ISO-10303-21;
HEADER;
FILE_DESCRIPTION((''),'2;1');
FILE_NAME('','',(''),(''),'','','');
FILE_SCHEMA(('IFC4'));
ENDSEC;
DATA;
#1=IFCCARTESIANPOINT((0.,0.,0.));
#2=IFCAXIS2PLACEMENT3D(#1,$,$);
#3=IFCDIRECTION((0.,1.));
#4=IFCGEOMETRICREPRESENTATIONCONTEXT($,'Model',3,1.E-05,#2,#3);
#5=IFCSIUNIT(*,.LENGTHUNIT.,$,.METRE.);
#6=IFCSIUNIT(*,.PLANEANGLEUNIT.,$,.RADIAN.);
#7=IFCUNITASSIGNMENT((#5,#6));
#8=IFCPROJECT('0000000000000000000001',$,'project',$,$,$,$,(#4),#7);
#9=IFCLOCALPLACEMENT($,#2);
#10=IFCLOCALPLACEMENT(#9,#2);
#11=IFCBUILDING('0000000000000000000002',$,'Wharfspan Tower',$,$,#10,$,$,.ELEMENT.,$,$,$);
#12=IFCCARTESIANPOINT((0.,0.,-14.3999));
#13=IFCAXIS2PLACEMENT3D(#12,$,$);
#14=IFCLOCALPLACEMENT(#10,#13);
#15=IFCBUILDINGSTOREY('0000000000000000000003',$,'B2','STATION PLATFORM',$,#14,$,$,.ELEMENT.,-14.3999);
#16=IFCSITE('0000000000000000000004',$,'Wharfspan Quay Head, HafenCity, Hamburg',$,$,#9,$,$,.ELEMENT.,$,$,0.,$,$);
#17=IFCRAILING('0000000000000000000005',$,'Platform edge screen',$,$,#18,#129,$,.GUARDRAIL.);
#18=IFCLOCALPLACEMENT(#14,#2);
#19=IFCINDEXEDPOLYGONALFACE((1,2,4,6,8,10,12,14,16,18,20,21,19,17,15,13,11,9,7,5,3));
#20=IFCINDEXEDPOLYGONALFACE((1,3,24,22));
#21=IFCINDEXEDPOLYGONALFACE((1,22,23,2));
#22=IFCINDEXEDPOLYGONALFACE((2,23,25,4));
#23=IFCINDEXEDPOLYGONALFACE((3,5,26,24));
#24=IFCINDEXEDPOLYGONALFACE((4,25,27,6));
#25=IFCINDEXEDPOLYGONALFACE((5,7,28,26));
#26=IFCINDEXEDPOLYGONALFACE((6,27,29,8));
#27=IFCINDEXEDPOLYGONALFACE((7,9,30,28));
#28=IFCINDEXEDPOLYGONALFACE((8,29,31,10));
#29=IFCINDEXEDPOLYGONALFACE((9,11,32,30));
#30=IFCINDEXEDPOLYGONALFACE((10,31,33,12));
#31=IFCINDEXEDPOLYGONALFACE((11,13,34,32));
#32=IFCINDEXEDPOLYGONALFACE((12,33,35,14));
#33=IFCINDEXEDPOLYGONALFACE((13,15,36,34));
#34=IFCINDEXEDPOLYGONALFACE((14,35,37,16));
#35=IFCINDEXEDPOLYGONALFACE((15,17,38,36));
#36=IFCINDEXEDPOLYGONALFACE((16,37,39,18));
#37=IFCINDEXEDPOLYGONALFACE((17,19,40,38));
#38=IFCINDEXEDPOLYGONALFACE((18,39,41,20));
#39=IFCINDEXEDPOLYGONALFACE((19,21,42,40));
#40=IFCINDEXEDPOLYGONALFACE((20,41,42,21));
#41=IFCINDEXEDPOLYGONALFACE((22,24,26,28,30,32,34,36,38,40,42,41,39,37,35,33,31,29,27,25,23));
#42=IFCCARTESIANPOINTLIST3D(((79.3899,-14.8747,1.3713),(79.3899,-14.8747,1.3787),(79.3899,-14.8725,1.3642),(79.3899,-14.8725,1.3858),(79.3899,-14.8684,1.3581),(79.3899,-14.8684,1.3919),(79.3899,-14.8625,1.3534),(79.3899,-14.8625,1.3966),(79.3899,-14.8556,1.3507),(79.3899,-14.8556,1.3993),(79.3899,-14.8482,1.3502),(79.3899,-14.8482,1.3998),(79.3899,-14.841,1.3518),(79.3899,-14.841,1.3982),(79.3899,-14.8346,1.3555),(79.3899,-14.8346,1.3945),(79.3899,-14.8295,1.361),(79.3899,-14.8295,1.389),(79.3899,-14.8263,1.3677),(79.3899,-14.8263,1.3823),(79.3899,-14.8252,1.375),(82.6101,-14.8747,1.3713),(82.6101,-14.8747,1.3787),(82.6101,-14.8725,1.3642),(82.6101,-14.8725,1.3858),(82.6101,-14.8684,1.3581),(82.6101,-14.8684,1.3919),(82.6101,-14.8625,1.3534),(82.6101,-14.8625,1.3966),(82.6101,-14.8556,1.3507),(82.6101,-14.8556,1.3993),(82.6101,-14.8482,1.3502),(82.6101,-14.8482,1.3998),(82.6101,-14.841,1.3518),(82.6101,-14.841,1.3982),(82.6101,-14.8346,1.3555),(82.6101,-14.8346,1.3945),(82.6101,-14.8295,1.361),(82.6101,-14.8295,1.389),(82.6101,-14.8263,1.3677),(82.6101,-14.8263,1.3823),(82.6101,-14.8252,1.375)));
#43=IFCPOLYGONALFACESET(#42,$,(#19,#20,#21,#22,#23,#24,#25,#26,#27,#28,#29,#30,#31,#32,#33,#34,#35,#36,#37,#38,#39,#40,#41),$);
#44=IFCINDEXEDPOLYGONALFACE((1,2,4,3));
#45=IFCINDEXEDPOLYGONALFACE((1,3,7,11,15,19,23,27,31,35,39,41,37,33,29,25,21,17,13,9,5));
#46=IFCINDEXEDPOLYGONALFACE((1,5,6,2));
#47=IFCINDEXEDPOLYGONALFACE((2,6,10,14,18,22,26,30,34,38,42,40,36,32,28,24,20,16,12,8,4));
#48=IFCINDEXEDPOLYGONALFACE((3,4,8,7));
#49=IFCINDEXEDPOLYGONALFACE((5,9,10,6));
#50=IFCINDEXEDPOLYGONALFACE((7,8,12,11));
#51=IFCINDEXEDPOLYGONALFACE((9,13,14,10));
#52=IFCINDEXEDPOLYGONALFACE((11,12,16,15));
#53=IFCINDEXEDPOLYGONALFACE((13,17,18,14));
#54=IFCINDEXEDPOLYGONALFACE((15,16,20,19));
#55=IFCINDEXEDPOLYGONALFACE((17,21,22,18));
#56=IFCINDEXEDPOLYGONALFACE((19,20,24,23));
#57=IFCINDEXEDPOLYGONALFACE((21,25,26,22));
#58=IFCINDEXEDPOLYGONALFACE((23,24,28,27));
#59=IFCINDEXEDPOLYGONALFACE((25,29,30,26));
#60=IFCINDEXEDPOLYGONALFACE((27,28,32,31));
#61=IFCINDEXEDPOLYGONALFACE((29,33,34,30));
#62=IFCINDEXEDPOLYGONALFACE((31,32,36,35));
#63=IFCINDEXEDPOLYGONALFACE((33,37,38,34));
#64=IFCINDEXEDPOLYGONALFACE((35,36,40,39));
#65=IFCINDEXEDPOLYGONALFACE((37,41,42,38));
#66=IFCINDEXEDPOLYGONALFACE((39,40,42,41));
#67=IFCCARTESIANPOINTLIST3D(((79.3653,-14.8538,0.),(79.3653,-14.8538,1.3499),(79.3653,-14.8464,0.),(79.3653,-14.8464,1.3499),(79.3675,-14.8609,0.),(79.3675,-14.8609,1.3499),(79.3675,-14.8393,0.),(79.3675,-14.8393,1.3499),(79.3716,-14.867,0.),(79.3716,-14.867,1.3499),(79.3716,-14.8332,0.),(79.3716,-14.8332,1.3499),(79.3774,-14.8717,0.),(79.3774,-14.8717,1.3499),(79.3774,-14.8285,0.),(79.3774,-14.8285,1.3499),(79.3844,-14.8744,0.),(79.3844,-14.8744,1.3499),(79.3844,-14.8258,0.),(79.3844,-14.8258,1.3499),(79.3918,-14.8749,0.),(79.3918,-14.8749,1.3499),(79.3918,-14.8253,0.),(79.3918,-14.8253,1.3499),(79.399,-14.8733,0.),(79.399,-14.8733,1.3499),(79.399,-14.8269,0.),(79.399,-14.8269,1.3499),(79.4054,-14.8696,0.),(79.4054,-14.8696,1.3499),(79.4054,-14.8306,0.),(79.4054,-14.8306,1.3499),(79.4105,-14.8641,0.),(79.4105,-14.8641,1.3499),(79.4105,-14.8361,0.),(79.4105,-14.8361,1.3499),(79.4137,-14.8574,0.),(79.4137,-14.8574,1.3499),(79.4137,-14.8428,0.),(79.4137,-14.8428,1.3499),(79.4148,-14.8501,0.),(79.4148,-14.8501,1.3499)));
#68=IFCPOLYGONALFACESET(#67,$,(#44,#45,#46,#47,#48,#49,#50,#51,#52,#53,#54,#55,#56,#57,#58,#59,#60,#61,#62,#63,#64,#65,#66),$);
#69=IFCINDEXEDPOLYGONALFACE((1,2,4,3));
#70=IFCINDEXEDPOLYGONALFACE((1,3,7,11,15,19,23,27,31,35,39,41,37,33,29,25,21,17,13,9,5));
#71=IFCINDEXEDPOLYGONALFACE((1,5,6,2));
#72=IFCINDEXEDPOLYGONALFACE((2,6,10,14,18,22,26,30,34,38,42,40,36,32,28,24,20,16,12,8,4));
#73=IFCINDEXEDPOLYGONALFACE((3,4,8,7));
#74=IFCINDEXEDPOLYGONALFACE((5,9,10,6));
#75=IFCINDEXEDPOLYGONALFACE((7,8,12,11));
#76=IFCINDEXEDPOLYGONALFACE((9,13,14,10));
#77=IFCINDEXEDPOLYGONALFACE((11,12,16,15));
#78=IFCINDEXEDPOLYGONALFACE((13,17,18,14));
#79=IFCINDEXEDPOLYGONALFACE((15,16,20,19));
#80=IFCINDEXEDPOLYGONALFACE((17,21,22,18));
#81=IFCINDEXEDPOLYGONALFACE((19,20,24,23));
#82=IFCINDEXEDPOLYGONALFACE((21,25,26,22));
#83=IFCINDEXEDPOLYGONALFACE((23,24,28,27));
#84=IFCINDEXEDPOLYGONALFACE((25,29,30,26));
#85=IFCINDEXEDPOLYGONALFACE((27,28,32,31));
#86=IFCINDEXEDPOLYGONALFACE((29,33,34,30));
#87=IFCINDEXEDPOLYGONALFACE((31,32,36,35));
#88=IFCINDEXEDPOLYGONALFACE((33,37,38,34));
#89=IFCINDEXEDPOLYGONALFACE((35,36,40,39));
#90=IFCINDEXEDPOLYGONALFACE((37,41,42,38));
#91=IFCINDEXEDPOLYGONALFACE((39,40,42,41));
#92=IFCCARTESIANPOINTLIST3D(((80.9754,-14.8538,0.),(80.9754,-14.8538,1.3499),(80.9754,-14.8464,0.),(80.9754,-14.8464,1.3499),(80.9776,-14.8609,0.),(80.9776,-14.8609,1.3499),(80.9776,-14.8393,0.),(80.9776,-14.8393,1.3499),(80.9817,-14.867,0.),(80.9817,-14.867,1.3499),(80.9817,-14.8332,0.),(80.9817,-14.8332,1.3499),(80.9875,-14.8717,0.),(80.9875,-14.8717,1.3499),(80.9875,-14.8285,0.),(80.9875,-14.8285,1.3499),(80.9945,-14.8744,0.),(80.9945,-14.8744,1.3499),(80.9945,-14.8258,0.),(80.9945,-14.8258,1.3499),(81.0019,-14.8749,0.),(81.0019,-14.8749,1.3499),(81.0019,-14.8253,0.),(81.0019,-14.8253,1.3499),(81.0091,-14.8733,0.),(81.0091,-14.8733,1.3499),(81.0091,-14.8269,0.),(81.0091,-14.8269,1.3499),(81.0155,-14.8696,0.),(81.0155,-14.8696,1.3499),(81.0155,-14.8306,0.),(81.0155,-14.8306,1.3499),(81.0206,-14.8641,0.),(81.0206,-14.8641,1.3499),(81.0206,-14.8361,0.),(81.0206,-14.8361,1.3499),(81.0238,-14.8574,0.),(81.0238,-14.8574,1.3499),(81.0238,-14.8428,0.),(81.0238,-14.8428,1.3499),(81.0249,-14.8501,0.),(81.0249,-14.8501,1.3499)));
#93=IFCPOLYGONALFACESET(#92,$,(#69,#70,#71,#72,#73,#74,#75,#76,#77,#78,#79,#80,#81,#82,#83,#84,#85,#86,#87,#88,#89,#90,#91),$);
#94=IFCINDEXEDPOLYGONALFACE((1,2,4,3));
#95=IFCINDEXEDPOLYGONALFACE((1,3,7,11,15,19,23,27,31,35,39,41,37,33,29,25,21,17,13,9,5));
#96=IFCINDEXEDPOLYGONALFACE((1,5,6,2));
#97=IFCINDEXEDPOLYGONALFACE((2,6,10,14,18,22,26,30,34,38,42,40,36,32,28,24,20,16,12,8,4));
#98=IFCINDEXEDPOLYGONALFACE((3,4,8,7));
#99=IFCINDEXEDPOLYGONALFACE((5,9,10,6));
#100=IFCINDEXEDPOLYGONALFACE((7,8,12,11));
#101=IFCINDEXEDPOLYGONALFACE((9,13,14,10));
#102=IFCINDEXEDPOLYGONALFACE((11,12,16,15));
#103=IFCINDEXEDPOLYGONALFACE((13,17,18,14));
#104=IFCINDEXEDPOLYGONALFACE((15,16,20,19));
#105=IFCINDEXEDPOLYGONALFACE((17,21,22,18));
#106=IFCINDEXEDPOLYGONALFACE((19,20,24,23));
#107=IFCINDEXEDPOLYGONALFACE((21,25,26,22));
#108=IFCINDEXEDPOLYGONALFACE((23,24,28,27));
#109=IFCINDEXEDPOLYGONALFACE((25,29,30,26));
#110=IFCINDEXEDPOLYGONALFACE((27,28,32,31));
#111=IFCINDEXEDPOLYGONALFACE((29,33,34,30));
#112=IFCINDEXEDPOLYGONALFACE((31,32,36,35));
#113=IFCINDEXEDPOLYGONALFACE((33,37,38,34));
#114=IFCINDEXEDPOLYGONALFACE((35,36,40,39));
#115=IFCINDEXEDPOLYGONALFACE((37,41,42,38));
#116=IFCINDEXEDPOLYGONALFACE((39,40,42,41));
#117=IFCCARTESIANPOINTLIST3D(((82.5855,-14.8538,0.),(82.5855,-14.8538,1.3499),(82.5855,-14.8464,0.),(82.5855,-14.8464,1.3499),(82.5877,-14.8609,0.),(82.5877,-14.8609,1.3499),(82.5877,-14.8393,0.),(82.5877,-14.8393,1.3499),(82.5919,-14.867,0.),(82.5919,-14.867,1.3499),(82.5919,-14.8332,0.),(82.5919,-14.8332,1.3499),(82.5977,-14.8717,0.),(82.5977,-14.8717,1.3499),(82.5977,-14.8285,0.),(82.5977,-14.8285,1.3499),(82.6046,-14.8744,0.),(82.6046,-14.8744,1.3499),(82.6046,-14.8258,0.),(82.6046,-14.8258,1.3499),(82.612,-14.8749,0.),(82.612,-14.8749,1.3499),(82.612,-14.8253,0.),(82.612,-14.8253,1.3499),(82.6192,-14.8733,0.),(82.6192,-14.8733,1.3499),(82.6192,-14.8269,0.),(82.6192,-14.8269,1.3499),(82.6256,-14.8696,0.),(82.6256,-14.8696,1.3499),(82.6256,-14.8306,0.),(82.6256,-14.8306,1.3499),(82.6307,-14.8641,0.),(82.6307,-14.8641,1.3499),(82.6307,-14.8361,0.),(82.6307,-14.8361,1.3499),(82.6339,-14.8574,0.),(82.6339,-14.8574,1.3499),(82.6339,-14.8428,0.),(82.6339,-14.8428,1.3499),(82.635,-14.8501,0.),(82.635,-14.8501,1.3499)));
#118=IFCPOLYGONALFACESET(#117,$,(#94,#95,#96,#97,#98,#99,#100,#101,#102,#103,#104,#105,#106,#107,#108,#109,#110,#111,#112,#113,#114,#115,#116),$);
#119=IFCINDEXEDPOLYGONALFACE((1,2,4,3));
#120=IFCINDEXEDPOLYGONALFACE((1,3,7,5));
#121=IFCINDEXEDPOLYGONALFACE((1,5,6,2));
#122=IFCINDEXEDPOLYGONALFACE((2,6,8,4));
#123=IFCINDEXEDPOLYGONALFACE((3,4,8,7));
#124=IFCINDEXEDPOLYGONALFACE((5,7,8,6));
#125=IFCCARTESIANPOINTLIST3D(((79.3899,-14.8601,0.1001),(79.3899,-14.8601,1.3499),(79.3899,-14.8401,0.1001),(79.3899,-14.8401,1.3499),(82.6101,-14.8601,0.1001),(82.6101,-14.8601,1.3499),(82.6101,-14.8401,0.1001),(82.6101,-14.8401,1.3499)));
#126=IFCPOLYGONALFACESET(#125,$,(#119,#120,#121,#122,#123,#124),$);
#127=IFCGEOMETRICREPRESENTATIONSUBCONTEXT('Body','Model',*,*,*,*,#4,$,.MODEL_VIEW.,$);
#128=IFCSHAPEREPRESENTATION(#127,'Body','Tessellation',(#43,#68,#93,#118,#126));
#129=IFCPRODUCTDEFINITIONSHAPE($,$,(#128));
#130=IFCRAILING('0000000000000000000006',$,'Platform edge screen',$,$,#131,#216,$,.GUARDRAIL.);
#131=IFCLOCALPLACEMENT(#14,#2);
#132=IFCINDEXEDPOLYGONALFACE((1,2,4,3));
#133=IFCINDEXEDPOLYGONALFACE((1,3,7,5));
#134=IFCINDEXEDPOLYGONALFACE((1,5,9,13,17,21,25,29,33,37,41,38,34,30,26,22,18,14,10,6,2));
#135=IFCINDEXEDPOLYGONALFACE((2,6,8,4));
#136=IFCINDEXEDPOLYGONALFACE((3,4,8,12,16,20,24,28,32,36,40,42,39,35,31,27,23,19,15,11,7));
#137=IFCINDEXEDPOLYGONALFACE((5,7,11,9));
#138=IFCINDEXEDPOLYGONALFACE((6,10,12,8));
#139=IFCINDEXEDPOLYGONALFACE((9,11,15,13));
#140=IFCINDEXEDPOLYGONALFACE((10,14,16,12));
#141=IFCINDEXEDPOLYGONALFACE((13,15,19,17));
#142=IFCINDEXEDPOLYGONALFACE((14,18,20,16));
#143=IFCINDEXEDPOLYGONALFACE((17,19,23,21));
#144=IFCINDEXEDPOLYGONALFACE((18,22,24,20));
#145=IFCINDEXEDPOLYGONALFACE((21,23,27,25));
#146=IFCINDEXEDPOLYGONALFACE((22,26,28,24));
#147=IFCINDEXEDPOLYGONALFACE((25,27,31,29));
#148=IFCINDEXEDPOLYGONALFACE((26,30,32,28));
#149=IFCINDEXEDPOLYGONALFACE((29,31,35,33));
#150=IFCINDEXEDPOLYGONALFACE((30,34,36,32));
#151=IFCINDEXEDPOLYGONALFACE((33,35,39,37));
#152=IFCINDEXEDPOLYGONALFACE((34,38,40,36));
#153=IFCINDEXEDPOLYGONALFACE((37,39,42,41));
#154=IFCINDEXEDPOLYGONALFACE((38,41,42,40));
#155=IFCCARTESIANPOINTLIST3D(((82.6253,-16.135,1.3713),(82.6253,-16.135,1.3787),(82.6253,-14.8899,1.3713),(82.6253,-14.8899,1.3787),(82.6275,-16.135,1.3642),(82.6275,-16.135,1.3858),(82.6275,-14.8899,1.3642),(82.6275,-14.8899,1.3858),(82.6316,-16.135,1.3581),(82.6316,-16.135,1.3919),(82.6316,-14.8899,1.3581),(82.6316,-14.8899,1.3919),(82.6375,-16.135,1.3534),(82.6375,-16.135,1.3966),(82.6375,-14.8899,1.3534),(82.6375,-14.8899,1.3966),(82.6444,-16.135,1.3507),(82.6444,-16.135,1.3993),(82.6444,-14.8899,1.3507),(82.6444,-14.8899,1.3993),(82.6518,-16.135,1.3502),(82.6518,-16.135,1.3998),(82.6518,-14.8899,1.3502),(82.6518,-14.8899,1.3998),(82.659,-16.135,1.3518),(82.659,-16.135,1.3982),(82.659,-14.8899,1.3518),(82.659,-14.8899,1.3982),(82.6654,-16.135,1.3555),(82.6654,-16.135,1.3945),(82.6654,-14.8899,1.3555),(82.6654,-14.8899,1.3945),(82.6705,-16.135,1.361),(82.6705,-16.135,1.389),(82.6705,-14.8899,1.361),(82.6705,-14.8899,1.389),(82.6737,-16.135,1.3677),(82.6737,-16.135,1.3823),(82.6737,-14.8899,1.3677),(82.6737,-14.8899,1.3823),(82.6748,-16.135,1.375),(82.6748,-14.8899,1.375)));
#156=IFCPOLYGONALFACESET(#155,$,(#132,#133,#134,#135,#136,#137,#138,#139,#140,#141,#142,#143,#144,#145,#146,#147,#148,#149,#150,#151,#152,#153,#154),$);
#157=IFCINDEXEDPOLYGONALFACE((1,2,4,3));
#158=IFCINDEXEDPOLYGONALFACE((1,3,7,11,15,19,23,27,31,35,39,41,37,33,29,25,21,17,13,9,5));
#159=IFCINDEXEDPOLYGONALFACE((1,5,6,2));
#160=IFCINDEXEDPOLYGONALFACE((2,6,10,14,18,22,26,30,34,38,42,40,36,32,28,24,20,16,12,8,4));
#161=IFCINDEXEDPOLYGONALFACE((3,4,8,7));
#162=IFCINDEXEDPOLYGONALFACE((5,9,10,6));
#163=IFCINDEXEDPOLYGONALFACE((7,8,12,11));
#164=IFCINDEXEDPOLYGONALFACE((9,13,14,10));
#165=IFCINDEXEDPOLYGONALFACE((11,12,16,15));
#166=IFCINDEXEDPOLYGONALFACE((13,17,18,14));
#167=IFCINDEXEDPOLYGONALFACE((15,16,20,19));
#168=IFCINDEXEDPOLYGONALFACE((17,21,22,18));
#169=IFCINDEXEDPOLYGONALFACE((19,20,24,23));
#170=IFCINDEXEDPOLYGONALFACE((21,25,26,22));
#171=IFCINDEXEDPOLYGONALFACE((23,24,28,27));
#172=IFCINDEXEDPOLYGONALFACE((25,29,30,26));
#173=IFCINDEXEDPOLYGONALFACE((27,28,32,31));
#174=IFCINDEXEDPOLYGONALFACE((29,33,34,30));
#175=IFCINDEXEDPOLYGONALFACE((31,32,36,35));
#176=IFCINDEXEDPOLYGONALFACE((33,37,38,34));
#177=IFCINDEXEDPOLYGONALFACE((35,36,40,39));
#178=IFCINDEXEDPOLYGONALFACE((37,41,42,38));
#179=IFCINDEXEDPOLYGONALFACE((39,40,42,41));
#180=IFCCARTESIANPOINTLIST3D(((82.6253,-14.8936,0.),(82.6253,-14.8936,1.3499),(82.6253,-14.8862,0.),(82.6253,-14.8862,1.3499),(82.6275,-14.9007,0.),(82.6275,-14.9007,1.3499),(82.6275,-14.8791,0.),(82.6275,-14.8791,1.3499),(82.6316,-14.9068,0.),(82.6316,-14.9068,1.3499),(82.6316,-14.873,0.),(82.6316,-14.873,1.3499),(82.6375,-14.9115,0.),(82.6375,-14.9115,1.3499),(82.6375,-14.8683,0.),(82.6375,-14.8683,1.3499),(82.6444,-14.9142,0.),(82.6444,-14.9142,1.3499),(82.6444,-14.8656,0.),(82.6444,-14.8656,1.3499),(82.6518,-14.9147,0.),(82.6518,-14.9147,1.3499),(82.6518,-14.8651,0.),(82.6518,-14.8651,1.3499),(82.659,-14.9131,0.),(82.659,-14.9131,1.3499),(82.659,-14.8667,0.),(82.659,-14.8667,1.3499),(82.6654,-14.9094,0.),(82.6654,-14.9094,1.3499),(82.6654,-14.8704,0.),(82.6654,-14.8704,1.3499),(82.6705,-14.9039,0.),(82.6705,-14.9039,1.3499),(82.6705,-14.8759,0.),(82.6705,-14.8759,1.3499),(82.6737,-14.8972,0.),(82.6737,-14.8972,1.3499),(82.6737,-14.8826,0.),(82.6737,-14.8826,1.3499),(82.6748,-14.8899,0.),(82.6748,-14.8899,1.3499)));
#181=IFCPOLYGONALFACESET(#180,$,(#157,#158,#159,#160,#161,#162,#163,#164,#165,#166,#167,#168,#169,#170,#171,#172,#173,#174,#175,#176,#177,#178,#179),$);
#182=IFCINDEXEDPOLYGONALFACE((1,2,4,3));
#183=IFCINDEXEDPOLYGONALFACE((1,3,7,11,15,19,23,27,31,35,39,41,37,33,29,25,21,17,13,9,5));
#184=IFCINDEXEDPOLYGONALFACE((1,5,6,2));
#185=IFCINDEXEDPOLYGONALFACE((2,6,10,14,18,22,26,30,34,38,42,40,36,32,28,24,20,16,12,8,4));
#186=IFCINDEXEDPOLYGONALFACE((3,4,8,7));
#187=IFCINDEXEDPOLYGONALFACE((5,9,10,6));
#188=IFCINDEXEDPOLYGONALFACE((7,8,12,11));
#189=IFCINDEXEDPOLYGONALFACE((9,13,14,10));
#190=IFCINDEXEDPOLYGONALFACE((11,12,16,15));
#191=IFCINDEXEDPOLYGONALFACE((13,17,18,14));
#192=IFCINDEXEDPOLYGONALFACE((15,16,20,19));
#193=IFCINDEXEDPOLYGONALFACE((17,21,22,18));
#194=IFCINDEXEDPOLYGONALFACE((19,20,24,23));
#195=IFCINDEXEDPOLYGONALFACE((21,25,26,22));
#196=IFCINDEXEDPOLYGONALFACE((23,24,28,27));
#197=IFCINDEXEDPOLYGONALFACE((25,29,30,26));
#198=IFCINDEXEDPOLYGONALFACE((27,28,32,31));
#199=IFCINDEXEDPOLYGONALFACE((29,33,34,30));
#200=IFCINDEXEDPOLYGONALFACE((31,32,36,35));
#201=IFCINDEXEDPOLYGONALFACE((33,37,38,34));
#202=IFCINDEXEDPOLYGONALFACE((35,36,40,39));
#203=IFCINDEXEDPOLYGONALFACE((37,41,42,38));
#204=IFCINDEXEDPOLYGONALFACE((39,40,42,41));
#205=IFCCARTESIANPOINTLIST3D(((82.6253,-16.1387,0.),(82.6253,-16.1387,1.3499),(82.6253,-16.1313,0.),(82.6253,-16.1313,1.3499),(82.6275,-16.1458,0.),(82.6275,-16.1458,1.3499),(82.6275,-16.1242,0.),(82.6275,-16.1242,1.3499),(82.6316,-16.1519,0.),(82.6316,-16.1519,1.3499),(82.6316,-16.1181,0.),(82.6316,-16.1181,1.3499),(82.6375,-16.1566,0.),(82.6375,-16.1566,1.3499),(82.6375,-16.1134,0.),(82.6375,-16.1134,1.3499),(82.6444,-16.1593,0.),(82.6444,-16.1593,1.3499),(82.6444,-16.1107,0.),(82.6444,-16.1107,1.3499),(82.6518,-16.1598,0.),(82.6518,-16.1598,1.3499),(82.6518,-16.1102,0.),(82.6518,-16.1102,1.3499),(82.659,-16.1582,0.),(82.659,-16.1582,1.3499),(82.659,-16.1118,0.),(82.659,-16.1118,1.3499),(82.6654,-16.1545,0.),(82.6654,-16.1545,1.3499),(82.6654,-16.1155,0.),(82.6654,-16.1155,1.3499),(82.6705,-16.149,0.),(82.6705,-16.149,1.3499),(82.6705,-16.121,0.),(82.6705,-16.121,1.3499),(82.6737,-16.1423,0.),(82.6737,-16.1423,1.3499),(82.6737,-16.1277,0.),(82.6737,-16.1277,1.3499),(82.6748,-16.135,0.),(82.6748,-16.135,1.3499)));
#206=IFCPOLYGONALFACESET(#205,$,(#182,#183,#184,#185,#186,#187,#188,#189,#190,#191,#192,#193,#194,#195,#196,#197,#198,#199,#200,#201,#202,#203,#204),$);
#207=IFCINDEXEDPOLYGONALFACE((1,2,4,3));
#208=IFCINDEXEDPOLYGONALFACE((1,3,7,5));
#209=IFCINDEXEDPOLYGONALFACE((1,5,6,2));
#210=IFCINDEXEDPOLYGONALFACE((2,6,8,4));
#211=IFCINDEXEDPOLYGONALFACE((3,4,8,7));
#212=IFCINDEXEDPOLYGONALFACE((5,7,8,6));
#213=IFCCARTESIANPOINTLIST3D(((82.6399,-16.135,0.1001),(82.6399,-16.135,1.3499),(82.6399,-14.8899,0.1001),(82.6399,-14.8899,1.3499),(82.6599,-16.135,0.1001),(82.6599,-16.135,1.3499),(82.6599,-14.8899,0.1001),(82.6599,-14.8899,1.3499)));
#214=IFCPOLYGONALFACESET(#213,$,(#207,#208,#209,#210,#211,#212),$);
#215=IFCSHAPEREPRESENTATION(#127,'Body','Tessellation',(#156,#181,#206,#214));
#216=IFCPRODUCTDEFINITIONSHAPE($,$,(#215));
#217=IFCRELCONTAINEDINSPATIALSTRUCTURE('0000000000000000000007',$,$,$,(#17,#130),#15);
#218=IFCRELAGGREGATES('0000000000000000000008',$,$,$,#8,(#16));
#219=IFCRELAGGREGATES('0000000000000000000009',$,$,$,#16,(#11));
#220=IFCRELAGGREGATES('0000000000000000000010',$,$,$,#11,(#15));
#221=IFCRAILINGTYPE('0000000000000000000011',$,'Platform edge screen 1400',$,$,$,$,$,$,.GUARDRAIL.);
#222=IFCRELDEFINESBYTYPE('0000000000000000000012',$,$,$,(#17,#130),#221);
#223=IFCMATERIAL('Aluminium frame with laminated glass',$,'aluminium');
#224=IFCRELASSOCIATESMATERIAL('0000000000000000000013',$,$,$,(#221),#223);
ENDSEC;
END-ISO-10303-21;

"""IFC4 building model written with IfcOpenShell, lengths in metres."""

from ifc_helpers import new_model, si_unit, direction, frame, origin, origin_2d, place, context, subcontext, project, spatial, rectangle, circle, extrude, material, type_object, element, save


model = new_model("IFC4")

# Units and contexts
model_context = context("Model", 3, precision=1e-05, world=origin(), true_north=direction((0.0, 1.0)))
body_context = subcontext(model_context, "Body", "Model", "MODEL_VIEW")
ifc_project = project(units=[si_unit("LENGTHUNIT", "METRE"), si_unit("PLANEANGLEUNIT", "RADIAN")], contexts=[model_context])

# Site, building, storey
site_placement = place(None, origin())
site = spatial("IfcSite", under=ifc_project, at=site_placement, Name="Wharfspan Quay Head, HafenCity, Hamburg", CompositionType="ELEMENT", RefElevation=0.0)
building_placement = place(site_placement, origin())
building = spatial("IfcBuilding", under=site, at=building_placement, Name="Wharfspan Tower", CompositionType="ELEMENT")
storey_placement = place(building_placement, frame((0.0, 0.0, -14.3999)))
storey = spatial("IfcBuildingStorey", under=building, at=storey_placement, Name="B2", Description="STATION PLATFORM", CompositionType="ELEMENT", Elevation=-14.3999)

# Railings
ifc_material_1 = material(Name="Aluminium frame with laminated glass", Category="aluminium")
railing_type_1 = type_object("IfcRailingType", Name="Platform edge screen 1400", PredefinedType="GUARDRAIL", material=ifc_material_1)
railing_1_placement = place(storey_placement, frame((79.3899, -14.8501, 0.0)))
element("IfcRailing", 1, at=railing_1_placement, inside=storey, type_object=railing_type_1, Name="Platform edge screen", PredefinedType="GUARDRAIL", context=body_context, shape_type="SweptSolid", body=[
    extrude(circle(Radius=0.0249, at=origin_2d()), frame((0.0, 0.0, 1.375), z_axis=(1.0, 0.0, 0.0), x_axis=(0.0, 1.0, 0.0)), (0.0, 0.0, 1.0), 3.2202),
    extrude(circle(Radius=0.0249, at=origin_2d()), origin(), (0.0, 0.0, 1.0), 1.3499),
    extrude(circle(Radius=0.0249, at=origin_2d()), frame((1.6101, 0.0, 0.0)), (0.0, 0.0, 1.0), 1.3499),
    extrude(circle(Radius=0.0249, at=origin_2d()), frame((3.2202, 0.0, 0.0)), (0.0, 0.0, 1.0), 1.3499),
    extrude(rectangle(XDim=3.2202, YDim=0.02, at=origin_2d()), frame((1.6101, 0.0, 0.1001), z_axis=(0.0, 0.0, 1.0), x_axis=(1.0, 0.0, 0.0)), (0.0, 0.0, 1.0), 1.2498),
])
for number, where, name in (
    (2, (82.6499, -14.8899, 0.0), "Platform edge screen"),
):
    element("IfcRailing", number, at=place(storey_placement, frame(where)), inside=storey, type_object=railing_type_1, Name=name, PredefinedType="GUARDRAIL", context=body_context, shape_type="SweptSolid", body=[
        extrude(circle(Radius=0.0249, at=origin_2d()), frame((0.0, 0.0, 1.375), z_axis=(0.0, -1.0, 0.0), x_axis=(1.0, 0.0, 0.0)), (0.0, 0.0, 1.0), 1.2451),
        extrude(circle(Radius=0.0249, at=origin_2d()), origin(), (0.0, 0.0, 1.0), 1.3499),
        extrude(circle(Radius=0.0249, at=origin_2d()), frame((0.0, -1.2451, 0.0)), (0.0, 0.0, 1.0), 1.3499),
        extrude(rectangle(XDim=1.2451, YDim=0.02, at=origin_2d()), frame((0.0, -0.6226, 0.1001), z_axis=(0.0, 0.0, 1.0), x_axis=(0.0, -1.0, 0.0)), (0.0, 0.0, 1.0), 1.2498),
    ])

save(model, "model.ifc")
